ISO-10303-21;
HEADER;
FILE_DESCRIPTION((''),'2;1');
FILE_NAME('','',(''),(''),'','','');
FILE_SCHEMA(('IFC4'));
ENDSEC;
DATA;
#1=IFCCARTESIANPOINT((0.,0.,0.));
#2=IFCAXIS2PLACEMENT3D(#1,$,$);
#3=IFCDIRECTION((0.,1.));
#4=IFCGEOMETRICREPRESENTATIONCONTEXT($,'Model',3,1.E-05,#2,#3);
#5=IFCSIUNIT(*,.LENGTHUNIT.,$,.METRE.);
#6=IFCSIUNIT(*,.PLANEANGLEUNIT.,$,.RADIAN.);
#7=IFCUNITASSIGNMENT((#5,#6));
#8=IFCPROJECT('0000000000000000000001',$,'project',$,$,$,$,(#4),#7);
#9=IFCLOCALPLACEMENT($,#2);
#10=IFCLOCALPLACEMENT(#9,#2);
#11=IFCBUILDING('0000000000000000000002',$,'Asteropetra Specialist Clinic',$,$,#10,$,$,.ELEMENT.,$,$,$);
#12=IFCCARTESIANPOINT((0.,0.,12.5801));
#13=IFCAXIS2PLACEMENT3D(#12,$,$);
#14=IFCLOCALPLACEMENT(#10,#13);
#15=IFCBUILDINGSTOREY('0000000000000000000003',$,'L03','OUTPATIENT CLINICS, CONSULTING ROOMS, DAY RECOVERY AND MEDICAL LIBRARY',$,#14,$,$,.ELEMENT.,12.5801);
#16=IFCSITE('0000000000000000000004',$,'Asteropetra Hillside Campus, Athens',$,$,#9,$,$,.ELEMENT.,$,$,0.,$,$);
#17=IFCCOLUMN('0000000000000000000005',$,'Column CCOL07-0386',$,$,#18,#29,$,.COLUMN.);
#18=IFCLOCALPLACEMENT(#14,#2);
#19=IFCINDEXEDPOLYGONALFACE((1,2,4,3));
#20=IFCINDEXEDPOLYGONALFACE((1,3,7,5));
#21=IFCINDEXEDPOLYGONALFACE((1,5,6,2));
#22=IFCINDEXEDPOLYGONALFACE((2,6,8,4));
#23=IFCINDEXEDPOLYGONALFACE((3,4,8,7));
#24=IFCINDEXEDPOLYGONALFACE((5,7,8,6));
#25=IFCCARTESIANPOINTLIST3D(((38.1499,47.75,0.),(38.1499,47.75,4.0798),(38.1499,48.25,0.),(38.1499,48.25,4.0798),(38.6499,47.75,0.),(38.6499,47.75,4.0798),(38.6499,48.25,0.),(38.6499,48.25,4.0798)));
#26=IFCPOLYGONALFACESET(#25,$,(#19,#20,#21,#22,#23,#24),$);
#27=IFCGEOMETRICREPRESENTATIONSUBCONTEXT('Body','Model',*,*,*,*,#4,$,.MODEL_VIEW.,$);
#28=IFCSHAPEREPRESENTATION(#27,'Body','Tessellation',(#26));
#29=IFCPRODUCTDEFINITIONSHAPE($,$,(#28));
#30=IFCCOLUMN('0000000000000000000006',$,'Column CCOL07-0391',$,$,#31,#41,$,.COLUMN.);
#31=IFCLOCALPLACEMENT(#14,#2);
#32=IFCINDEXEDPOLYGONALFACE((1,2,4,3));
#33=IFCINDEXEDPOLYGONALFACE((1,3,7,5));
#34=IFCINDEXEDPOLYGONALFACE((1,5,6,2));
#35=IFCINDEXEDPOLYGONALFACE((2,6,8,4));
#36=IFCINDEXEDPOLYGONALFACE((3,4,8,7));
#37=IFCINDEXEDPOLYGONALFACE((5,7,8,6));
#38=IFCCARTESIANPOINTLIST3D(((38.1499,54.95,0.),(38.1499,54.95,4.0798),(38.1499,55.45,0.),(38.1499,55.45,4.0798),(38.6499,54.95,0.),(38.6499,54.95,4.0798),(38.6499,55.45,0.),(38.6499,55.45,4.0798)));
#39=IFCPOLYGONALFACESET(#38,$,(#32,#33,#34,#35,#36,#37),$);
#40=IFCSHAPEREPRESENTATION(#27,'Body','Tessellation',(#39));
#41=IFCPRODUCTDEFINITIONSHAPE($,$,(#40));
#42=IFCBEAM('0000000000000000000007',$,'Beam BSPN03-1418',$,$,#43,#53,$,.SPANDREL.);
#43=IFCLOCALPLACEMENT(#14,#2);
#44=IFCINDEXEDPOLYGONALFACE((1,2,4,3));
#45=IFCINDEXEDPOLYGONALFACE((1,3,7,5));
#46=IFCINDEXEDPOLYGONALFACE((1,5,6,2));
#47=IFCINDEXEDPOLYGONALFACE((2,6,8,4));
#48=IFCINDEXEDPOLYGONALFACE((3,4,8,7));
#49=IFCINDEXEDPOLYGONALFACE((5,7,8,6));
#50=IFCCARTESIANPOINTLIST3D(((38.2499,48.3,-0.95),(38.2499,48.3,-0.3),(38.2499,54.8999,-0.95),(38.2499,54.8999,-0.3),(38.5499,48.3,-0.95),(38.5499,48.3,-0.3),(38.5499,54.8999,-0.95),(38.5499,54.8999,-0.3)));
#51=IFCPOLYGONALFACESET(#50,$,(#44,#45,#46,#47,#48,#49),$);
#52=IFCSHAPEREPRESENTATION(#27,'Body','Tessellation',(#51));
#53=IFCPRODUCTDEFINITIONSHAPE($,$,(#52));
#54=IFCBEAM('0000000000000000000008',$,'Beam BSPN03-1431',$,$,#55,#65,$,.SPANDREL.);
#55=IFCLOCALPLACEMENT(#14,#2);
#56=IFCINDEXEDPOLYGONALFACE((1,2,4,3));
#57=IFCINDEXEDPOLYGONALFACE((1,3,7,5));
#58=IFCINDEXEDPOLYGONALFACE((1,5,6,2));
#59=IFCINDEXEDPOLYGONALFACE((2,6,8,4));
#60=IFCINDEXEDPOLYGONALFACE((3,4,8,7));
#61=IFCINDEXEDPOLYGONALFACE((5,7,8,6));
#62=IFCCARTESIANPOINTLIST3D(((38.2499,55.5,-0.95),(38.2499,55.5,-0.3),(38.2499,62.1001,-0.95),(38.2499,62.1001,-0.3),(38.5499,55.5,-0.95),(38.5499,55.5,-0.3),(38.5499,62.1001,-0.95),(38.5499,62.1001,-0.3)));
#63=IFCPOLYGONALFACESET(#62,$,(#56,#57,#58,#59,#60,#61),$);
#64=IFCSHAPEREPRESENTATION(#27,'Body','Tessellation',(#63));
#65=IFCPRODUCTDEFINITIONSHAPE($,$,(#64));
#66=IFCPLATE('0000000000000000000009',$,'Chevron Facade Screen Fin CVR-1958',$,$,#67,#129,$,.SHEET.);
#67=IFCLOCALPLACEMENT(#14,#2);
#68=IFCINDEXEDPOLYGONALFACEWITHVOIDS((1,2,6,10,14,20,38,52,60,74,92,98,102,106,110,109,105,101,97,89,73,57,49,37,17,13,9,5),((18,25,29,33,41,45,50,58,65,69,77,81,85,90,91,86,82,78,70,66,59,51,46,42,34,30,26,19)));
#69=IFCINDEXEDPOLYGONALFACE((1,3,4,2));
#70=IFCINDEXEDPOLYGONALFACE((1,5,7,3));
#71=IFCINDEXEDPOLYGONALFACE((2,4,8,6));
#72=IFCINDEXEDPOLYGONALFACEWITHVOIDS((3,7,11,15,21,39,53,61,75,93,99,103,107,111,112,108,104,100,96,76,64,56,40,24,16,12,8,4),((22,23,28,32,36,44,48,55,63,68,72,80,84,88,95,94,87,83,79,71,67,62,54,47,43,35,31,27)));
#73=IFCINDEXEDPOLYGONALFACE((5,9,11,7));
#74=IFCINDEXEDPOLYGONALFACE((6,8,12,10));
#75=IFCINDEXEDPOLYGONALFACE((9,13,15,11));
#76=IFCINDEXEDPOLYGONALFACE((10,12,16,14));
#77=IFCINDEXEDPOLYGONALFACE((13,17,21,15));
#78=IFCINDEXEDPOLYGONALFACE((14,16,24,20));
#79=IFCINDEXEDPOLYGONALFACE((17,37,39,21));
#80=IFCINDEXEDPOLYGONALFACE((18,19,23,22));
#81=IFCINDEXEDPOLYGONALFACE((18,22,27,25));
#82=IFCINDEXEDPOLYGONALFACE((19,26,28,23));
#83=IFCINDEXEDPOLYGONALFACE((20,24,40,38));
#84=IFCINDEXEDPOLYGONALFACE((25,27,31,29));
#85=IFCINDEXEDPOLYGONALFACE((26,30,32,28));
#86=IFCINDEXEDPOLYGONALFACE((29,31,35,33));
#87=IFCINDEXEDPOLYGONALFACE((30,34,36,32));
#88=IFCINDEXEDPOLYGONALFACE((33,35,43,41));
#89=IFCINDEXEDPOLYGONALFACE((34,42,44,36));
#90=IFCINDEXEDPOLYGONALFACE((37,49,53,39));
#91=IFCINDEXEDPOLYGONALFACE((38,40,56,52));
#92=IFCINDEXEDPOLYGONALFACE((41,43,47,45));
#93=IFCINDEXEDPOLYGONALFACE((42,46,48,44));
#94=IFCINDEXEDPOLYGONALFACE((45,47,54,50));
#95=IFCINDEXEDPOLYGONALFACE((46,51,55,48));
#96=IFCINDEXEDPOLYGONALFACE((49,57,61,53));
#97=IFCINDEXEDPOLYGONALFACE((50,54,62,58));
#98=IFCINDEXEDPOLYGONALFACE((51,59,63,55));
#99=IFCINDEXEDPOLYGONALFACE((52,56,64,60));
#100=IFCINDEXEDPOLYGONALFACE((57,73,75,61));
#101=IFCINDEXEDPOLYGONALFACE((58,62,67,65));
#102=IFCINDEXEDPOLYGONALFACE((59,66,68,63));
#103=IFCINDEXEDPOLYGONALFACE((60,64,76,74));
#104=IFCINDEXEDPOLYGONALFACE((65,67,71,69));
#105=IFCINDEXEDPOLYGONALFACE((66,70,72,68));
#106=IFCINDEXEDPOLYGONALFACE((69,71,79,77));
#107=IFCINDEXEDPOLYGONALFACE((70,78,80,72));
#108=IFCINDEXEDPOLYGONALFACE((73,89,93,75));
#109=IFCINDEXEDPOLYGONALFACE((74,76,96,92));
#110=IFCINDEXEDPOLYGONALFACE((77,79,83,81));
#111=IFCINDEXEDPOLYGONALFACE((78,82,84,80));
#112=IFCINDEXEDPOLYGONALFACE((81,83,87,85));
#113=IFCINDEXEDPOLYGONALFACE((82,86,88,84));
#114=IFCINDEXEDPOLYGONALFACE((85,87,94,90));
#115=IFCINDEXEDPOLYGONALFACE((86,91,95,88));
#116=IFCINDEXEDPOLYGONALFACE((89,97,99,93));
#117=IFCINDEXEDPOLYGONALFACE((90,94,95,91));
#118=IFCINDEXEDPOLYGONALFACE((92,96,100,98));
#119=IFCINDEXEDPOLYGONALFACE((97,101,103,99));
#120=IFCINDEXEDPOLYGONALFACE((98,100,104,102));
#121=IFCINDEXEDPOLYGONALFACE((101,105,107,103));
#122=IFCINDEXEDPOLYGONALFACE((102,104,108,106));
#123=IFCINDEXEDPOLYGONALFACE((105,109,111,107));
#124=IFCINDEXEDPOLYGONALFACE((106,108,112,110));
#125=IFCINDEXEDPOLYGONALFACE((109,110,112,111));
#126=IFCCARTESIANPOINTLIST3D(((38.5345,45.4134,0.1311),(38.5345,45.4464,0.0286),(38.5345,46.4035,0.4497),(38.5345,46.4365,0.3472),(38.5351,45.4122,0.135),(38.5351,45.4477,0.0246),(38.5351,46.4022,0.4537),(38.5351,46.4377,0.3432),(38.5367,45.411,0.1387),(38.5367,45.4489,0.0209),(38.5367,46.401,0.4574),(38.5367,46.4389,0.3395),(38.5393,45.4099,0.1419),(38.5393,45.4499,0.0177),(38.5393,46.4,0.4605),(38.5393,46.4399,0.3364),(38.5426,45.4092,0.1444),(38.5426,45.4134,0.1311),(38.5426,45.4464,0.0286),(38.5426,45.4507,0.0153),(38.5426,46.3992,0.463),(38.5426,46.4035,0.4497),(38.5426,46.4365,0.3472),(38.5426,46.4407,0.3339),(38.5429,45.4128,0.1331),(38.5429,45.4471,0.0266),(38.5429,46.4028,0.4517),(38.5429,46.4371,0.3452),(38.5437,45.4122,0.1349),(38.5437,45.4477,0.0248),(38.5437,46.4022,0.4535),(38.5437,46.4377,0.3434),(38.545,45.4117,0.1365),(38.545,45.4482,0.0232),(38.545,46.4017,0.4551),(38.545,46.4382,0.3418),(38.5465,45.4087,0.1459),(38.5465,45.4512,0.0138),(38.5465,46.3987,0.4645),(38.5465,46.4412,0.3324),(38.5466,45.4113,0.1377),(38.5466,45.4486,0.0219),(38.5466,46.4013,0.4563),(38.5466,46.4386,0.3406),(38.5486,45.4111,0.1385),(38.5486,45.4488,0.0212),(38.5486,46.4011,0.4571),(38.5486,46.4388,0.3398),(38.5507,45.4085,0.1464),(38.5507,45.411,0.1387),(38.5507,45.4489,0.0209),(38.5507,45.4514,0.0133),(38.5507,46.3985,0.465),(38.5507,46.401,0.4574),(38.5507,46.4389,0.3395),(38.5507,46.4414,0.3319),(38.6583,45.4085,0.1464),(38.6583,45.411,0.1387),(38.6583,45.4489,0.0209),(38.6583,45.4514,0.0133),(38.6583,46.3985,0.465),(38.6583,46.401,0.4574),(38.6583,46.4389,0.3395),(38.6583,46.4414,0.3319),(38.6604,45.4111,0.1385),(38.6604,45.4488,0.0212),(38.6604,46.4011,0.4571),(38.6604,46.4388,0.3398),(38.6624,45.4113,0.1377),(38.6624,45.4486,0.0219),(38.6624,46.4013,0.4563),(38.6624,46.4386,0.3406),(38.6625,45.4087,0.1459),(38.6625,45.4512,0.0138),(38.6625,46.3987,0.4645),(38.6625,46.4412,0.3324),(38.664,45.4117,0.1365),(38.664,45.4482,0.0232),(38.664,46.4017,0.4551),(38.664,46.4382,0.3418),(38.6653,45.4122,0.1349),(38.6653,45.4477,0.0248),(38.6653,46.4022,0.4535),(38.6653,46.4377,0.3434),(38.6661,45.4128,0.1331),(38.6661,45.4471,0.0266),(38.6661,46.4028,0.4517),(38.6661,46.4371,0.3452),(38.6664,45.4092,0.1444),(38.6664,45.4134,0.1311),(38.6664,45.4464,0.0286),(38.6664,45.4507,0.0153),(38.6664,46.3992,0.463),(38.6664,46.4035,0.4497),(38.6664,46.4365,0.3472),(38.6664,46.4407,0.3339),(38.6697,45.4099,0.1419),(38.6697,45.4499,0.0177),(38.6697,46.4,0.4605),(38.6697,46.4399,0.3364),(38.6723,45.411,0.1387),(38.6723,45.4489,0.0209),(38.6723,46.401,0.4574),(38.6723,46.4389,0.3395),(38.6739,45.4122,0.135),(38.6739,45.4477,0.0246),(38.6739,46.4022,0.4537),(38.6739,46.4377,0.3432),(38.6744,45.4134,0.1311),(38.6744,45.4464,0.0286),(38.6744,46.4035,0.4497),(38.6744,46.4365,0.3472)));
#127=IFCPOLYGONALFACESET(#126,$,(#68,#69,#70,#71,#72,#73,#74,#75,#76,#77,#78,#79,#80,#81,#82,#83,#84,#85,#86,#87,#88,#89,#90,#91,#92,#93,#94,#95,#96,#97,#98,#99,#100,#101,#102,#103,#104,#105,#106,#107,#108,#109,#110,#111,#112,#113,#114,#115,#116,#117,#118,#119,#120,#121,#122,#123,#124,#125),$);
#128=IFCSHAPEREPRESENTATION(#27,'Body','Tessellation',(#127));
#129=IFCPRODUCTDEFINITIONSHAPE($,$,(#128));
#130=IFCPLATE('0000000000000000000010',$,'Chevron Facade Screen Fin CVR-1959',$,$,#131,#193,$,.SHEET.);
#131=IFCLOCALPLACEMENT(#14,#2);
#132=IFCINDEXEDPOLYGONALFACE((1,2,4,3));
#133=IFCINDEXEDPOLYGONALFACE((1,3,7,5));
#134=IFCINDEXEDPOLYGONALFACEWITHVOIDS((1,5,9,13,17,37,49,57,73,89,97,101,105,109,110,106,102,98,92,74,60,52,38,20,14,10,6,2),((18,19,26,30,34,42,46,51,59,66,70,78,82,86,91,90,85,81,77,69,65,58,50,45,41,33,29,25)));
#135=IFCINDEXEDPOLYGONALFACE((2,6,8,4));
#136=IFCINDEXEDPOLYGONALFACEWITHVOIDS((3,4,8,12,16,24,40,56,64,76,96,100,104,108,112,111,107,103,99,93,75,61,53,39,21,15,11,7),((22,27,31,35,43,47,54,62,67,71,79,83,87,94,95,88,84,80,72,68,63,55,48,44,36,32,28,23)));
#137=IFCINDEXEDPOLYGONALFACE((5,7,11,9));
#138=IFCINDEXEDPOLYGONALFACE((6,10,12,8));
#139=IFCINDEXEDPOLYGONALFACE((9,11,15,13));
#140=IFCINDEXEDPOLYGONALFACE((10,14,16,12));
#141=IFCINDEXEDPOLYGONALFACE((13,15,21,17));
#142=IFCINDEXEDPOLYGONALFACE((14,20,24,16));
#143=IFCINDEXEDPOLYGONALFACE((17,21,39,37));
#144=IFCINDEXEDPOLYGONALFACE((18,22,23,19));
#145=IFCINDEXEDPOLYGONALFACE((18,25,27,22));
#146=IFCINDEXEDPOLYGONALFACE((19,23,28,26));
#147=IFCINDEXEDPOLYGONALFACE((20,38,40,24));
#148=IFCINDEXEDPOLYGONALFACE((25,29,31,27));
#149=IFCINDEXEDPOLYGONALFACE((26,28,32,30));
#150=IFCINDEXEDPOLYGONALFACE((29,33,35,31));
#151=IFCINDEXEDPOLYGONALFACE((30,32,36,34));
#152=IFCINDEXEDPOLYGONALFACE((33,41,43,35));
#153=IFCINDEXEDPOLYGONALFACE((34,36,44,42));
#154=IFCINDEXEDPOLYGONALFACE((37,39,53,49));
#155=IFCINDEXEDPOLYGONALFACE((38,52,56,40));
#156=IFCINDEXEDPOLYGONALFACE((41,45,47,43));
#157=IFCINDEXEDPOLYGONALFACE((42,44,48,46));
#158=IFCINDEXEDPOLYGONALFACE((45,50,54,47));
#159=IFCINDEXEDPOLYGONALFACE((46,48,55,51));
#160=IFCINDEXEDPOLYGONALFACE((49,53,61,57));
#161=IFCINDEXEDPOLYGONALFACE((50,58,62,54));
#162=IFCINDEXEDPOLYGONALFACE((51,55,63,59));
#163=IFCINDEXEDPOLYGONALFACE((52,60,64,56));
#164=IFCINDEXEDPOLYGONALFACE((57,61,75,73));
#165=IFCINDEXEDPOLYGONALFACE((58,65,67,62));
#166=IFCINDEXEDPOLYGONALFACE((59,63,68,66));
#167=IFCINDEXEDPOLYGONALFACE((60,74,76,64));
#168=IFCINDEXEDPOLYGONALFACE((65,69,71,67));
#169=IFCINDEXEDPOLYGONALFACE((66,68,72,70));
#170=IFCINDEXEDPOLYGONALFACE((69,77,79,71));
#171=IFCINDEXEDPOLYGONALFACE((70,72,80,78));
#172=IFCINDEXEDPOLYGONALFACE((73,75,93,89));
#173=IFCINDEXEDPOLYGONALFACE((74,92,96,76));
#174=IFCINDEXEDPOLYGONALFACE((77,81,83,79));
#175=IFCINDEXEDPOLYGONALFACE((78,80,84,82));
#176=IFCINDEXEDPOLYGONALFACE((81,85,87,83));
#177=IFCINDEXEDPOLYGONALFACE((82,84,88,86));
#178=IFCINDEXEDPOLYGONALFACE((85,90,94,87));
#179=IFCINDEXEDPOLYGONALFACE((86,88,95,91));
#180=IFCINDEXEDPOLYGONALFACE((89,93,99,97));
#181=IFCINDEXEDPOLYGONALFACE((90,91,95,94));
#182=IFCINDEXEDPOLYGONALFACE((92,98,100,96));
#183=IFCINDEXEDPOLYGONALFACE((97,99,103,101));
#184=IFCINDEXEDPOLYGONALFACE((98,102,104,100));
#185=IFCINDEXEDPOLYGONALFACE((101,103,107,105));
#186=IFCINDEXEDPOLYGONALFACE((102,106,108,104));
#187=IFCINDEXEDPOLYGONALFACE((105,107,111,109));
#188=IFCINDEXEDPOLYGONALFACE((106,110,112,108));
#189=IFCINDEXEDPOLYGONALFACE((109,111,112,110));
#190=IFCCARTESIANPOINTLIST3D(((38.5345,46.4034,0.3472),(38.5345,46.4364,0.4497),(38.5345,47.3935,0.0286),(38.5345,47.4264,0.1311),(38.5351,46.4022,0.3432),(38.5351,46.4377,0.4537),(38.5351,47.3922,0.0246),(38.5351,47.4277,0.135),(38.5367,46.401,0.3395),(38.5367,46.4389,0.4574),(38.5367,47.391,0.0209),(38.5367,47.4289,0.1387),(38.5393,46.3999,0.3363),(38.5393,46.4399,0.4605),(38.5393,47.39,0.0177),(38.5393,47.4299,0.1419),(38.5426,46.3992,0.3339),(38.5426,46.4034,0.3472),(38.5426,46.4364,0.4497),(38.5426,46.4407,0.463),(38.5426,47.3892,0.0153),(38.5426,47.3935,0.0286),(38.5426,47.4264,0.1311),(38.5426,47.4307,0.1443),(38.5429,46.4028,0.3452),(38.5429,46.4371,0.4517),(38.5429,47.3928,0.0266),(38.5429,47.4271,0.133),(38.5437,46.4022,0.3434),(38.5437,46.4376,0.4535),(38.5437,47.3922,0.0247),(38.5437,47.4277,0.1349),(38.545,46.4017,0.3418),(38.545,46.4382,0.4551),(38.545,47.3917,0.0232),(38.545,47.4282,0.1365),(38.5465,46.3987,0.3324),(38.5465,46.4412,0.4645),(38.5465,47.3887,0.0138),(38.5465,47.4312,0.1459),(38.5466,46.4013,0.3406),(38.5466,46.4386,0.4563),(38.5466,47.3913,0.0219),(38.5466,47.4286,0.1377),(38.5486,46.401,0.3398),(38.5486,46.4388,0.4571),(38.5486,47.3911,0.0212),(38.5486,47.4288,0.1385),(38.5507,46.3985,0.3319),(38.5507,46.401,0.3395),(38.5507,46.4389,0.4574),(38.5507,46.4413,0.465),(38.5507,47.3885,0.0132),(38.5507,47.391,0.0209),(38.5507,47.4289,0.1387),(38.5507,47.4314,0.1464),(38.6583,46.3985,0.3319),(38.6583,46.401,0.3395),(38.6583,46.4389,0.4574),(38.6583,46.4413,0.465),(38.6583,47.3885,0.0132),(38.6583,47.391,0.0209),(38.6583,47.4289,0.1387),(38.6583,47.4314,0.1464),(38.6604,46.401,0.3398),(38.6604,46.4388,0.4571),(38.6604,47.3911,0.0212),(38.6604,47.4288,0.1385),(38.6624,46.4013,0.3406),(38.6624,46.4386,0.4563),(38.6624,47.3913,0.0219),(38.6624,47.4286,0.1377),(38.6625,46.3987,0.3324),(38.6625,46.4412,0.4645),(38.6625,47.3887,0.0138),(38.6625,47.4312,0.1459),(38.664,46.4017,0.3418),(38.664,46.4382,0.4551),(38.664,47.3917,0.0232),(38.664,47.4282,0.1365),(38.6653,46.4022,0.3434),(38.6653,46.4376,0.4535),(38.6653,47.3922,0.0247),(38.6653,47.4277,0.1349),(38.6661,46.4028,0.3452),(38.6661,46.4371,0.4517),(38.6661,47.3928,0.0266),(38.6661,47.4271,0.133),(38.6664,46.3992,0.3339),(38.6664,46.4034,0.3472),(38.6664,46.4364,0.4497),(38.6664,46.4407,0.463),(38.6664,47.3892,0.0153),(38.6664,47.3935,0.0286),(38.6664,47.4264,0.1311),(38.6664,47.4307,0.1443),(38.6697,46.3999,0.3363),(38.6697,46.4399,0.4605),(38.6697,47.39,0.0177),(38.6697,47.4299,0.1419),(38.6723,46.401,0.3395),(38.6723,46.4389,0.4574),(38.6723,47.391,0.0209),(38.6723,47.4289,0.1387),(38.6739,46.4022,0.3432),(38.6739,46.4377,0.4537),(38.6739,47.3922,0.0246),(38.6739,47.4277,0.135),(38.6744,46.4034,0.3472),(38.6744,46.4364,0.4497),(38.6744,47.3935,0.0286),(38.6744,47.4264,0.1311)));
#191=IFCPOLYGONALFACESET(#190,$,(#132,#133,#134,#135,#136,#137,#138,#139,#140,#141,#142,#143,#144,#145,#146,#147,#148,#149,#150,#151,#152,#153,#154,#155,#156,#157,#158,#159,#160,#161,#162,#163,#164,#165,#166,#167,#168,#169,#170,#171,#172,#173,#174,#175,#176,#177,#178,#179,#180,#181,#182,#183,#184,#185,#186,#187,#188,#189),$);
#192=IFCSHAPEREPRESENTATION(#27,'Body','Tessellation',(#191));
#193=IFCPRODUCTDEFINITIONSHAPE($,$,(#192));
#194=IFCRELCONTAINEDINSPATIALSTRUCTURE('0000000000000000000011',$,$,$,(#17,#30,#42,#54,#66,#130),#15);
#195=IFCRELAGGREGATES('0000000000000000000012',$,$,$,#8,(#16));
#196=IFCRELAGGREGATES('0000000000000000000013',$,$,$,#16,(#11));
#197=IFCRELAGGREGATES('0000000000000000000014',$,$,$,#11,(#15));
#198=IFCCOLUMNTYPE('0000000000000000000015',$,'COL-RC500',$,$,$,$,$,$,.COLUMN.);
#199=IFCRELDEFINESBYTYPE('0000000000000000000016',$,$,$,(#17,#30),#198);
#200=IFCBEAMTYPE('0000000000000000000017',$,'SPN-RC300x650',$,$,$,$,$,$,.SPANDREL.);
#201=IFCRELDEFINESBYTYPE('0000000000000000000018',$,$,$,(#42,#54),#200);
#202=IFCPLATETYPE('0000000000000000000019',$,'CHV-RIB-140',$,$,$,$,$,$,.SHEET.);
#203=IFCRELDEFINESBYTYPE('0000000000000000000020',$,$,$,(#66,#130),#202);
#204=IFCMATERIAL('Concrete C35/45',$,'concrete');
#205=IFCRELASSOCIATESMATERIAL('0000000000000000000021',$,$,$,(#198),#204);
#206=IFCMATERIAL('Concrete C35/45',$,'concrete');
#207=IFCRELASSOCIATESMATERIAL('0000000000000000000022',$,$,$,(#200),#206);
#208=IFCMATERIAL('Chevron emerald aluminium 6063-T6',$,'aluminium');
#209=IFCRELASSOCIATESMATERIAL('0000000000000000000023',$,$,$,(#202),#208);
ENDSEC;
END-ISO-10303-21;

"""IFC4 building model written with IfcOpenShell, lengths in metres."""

from ifc_helpers import new_model, si_unit, direction, frame, origin, origin_2d, place, context, subcontext, project, spatial, rectangle, hollow_rectangle, extrude, material, material_profile, profile_set, type_object, element, save


model = new_model("IFC4")

# Units and contexts
model_context = context("Model", 3, precision=1e-05, world=origin(), true_north=direction((0.0, 1.0)))
body_context = subcontext(model_context, "Body", "Model", "MODEL_VIEW")
ifc_project = project(units=[si_unit("LENGTHUNIT", "METRE"), si_unit("PLANEANGLEUNIT", "RADIAN")], contexts=[model_context])

# Site, building, storey
site_placement = place(None, origin())
site = spatial("IfcSite", under=ifc_project, at=site_placement, Name="Asteropetra Hillside Campus, Athens", CompositionType="ELEMENT", RefElevation=0.0)
building_placement = place(site_placement, origin())
building = spatial("IfcBuilding", under=site, at=building_placement, Name="Asteropetra Specialist Clinic", CompositionType="ELEMENT")
storey_placement = place(building_placement, frame((0.0, 0.0, 12.5801)))
storey = spatial("IfcBuildingStorey", under=building, at=storey_placement, Name="L03", Description="OUTPATIENT CLINICS, CONSULTING ROOMS, DAY RECOVERY AND MEDICAL LIBRARY", CompositionType="ELEMENT", Elevation=12.5801)

# Columns
ifc_material_1 = material(Name="Concrete C35/45", Category="concrete")
ifc_material_profile_1 = material_profile(ifc_material_1, rectangle(XDim=0.5, YDim=0.5, at=origin_2d()), Name="RC 500x500")
ifc_profile_set_1 = profile_set([ifc_material_profile_1], Name="Concrete C35/45")
column_type = type_object("IfcColumnType", Name="COL-RC500", PredefinedType="COLUMN", material=ifc_profile_set_1)
for number, where, z_axis, x_axis, name in (
    (1, (38.3999, 48.0, 0.0), (0.0, 0.0, 1.0), (1.0, 0.0, 0.0), "Column CCOL07-0386"),
    (2, (38.3999, 55.2, 0.0), (0.0, 0.0, 1.0), (1.0, 0.0, 0.0), "Column CCOL07-0391"),
):
    element("IfcColumn", number, at=place(storey_placement, frame(where, z_axis=z_axis, x_axis=x_axis)), inside=storey, type_object=column_type, Name=name, PredefinedType="COLUMN", context=body_context, shape_type="SweptSolid", body=[
        extrude(rectangle(XDim=0.5, YDim=0.5, at=origin_2d()), origin(), (0.0, 0.0, 1.0), 4.0798),
    ])

# Beams
ifc_material_2 = material(Name="Concrete C35/45", Category="concrete")
ifc_material_profile_2 = material_profile(ifc_material_2, rectangle(XDim=0.3, YDim=0.6499, at=origin_2d()), Name="RCS 300x650")
ifc_profile_set_2 = profile_set([ifc_material_profile_2], Name="Concrete C35/45")
beam_type = type_object("IfcBeamType", Name="SPN-RC300x650", PredefinedType="SPANDREL", material=ifc_profile_set_2)
beam_1_placement = place(storey_placement, frame((38.3999, 48.3, -0.625), z_axis=(0.0, 1.0, 0.0), x_axis=(-1.0, 0.0, 0.0)))
element("IfcBeam", 3, at=beam_1_placement, inside=storey, type_object=beam_type, Name="Beam BSPN03-1418", PredefinedType="SPANDREL", context=body_context, shape_type="SweptSolid", body=[
    extrude(rectangle(XDim=0.3, YDim=0.6499, at=origin_2d()), origin(), (0.0, 0.0, 1.0), 6.5999),
])
beam_2_placement = place(storey_placement, frame((38.3999, 55.5, -0.625), z_axis=(0.0, 1.0, 0.0), x_axis=(-1.0, 0.0, 0.0)))
element("IfcBeam", 4, at=beam_2_placement, inside=storey, type_object=beam_type, Name="Beam BSPN03-1431", PredefinedType="SPANDREL", context=body_context, shape_type="SweptSolid", body=[
    extrude(rectangle(XDim=0.3, YDim=0.6499, at=origin_2d()), origin(), (0.0, 0.0, 1.0), 6.6001),
])

# Plates
ifc_material_3 = material(Name="Chevron emerald aluminium 6063-T6", Category="aluminium")
ifc_material_profile_3 = material_profile(ifc_material_3, hollow_rectangle(XDim=0.1399, YDim=0.1399, WallThickness=0.0081, InnerFilletRadius=0.0081, OuterFilletRadius=0.0161, at=origin_2d()), Name="SHS 140x140x8.0")
ifc_profile_set_3 = profile_set([ifc_material_profile_3], Name="Chevron emerald aluminium 6063-T6")
plate_type = type_object("IfcPlateType", Name="CHV-RIB-140", PredefinedType="SHEET", material=ifc_profile_set_3)
for number, where, z_axis, x_axis, name in (
    (5, (38.6045, 45.4299, 0.0798), (0.0, 0.951919, 0.306351), (-1.0, 0.0, 0.0), "Chevron Facade Screen Fin CVR-1958"),
    (6, (38.6045, 46.4199, 0.3984), (0.0, 0.951919, -0.306351), (-1.0, 0.0, 0.0), "Chevron Facade Screen Fin CVR-1959"),
):
    element("IfcPlate", number, at=place(storey_placement, frame(where, z_axis=z_axis, x_axis=x_axis)), inside=storey, type_object=plate_type, Name=name, PredefinedType="SHEET", context=body_context, shape_type="SweptSolid", body=[
        extrude(hollow_rectangle(XDim=0.1399, YDim=0.1399, WallThickness=0.0081, InnerFilletRadius=0.0081, OuterFilletRadius=0.0161, at=origin_2d()), origin(), (0.0, 0.0, 1.0), 1.04),
    ])

save(model, "model.ifc")
